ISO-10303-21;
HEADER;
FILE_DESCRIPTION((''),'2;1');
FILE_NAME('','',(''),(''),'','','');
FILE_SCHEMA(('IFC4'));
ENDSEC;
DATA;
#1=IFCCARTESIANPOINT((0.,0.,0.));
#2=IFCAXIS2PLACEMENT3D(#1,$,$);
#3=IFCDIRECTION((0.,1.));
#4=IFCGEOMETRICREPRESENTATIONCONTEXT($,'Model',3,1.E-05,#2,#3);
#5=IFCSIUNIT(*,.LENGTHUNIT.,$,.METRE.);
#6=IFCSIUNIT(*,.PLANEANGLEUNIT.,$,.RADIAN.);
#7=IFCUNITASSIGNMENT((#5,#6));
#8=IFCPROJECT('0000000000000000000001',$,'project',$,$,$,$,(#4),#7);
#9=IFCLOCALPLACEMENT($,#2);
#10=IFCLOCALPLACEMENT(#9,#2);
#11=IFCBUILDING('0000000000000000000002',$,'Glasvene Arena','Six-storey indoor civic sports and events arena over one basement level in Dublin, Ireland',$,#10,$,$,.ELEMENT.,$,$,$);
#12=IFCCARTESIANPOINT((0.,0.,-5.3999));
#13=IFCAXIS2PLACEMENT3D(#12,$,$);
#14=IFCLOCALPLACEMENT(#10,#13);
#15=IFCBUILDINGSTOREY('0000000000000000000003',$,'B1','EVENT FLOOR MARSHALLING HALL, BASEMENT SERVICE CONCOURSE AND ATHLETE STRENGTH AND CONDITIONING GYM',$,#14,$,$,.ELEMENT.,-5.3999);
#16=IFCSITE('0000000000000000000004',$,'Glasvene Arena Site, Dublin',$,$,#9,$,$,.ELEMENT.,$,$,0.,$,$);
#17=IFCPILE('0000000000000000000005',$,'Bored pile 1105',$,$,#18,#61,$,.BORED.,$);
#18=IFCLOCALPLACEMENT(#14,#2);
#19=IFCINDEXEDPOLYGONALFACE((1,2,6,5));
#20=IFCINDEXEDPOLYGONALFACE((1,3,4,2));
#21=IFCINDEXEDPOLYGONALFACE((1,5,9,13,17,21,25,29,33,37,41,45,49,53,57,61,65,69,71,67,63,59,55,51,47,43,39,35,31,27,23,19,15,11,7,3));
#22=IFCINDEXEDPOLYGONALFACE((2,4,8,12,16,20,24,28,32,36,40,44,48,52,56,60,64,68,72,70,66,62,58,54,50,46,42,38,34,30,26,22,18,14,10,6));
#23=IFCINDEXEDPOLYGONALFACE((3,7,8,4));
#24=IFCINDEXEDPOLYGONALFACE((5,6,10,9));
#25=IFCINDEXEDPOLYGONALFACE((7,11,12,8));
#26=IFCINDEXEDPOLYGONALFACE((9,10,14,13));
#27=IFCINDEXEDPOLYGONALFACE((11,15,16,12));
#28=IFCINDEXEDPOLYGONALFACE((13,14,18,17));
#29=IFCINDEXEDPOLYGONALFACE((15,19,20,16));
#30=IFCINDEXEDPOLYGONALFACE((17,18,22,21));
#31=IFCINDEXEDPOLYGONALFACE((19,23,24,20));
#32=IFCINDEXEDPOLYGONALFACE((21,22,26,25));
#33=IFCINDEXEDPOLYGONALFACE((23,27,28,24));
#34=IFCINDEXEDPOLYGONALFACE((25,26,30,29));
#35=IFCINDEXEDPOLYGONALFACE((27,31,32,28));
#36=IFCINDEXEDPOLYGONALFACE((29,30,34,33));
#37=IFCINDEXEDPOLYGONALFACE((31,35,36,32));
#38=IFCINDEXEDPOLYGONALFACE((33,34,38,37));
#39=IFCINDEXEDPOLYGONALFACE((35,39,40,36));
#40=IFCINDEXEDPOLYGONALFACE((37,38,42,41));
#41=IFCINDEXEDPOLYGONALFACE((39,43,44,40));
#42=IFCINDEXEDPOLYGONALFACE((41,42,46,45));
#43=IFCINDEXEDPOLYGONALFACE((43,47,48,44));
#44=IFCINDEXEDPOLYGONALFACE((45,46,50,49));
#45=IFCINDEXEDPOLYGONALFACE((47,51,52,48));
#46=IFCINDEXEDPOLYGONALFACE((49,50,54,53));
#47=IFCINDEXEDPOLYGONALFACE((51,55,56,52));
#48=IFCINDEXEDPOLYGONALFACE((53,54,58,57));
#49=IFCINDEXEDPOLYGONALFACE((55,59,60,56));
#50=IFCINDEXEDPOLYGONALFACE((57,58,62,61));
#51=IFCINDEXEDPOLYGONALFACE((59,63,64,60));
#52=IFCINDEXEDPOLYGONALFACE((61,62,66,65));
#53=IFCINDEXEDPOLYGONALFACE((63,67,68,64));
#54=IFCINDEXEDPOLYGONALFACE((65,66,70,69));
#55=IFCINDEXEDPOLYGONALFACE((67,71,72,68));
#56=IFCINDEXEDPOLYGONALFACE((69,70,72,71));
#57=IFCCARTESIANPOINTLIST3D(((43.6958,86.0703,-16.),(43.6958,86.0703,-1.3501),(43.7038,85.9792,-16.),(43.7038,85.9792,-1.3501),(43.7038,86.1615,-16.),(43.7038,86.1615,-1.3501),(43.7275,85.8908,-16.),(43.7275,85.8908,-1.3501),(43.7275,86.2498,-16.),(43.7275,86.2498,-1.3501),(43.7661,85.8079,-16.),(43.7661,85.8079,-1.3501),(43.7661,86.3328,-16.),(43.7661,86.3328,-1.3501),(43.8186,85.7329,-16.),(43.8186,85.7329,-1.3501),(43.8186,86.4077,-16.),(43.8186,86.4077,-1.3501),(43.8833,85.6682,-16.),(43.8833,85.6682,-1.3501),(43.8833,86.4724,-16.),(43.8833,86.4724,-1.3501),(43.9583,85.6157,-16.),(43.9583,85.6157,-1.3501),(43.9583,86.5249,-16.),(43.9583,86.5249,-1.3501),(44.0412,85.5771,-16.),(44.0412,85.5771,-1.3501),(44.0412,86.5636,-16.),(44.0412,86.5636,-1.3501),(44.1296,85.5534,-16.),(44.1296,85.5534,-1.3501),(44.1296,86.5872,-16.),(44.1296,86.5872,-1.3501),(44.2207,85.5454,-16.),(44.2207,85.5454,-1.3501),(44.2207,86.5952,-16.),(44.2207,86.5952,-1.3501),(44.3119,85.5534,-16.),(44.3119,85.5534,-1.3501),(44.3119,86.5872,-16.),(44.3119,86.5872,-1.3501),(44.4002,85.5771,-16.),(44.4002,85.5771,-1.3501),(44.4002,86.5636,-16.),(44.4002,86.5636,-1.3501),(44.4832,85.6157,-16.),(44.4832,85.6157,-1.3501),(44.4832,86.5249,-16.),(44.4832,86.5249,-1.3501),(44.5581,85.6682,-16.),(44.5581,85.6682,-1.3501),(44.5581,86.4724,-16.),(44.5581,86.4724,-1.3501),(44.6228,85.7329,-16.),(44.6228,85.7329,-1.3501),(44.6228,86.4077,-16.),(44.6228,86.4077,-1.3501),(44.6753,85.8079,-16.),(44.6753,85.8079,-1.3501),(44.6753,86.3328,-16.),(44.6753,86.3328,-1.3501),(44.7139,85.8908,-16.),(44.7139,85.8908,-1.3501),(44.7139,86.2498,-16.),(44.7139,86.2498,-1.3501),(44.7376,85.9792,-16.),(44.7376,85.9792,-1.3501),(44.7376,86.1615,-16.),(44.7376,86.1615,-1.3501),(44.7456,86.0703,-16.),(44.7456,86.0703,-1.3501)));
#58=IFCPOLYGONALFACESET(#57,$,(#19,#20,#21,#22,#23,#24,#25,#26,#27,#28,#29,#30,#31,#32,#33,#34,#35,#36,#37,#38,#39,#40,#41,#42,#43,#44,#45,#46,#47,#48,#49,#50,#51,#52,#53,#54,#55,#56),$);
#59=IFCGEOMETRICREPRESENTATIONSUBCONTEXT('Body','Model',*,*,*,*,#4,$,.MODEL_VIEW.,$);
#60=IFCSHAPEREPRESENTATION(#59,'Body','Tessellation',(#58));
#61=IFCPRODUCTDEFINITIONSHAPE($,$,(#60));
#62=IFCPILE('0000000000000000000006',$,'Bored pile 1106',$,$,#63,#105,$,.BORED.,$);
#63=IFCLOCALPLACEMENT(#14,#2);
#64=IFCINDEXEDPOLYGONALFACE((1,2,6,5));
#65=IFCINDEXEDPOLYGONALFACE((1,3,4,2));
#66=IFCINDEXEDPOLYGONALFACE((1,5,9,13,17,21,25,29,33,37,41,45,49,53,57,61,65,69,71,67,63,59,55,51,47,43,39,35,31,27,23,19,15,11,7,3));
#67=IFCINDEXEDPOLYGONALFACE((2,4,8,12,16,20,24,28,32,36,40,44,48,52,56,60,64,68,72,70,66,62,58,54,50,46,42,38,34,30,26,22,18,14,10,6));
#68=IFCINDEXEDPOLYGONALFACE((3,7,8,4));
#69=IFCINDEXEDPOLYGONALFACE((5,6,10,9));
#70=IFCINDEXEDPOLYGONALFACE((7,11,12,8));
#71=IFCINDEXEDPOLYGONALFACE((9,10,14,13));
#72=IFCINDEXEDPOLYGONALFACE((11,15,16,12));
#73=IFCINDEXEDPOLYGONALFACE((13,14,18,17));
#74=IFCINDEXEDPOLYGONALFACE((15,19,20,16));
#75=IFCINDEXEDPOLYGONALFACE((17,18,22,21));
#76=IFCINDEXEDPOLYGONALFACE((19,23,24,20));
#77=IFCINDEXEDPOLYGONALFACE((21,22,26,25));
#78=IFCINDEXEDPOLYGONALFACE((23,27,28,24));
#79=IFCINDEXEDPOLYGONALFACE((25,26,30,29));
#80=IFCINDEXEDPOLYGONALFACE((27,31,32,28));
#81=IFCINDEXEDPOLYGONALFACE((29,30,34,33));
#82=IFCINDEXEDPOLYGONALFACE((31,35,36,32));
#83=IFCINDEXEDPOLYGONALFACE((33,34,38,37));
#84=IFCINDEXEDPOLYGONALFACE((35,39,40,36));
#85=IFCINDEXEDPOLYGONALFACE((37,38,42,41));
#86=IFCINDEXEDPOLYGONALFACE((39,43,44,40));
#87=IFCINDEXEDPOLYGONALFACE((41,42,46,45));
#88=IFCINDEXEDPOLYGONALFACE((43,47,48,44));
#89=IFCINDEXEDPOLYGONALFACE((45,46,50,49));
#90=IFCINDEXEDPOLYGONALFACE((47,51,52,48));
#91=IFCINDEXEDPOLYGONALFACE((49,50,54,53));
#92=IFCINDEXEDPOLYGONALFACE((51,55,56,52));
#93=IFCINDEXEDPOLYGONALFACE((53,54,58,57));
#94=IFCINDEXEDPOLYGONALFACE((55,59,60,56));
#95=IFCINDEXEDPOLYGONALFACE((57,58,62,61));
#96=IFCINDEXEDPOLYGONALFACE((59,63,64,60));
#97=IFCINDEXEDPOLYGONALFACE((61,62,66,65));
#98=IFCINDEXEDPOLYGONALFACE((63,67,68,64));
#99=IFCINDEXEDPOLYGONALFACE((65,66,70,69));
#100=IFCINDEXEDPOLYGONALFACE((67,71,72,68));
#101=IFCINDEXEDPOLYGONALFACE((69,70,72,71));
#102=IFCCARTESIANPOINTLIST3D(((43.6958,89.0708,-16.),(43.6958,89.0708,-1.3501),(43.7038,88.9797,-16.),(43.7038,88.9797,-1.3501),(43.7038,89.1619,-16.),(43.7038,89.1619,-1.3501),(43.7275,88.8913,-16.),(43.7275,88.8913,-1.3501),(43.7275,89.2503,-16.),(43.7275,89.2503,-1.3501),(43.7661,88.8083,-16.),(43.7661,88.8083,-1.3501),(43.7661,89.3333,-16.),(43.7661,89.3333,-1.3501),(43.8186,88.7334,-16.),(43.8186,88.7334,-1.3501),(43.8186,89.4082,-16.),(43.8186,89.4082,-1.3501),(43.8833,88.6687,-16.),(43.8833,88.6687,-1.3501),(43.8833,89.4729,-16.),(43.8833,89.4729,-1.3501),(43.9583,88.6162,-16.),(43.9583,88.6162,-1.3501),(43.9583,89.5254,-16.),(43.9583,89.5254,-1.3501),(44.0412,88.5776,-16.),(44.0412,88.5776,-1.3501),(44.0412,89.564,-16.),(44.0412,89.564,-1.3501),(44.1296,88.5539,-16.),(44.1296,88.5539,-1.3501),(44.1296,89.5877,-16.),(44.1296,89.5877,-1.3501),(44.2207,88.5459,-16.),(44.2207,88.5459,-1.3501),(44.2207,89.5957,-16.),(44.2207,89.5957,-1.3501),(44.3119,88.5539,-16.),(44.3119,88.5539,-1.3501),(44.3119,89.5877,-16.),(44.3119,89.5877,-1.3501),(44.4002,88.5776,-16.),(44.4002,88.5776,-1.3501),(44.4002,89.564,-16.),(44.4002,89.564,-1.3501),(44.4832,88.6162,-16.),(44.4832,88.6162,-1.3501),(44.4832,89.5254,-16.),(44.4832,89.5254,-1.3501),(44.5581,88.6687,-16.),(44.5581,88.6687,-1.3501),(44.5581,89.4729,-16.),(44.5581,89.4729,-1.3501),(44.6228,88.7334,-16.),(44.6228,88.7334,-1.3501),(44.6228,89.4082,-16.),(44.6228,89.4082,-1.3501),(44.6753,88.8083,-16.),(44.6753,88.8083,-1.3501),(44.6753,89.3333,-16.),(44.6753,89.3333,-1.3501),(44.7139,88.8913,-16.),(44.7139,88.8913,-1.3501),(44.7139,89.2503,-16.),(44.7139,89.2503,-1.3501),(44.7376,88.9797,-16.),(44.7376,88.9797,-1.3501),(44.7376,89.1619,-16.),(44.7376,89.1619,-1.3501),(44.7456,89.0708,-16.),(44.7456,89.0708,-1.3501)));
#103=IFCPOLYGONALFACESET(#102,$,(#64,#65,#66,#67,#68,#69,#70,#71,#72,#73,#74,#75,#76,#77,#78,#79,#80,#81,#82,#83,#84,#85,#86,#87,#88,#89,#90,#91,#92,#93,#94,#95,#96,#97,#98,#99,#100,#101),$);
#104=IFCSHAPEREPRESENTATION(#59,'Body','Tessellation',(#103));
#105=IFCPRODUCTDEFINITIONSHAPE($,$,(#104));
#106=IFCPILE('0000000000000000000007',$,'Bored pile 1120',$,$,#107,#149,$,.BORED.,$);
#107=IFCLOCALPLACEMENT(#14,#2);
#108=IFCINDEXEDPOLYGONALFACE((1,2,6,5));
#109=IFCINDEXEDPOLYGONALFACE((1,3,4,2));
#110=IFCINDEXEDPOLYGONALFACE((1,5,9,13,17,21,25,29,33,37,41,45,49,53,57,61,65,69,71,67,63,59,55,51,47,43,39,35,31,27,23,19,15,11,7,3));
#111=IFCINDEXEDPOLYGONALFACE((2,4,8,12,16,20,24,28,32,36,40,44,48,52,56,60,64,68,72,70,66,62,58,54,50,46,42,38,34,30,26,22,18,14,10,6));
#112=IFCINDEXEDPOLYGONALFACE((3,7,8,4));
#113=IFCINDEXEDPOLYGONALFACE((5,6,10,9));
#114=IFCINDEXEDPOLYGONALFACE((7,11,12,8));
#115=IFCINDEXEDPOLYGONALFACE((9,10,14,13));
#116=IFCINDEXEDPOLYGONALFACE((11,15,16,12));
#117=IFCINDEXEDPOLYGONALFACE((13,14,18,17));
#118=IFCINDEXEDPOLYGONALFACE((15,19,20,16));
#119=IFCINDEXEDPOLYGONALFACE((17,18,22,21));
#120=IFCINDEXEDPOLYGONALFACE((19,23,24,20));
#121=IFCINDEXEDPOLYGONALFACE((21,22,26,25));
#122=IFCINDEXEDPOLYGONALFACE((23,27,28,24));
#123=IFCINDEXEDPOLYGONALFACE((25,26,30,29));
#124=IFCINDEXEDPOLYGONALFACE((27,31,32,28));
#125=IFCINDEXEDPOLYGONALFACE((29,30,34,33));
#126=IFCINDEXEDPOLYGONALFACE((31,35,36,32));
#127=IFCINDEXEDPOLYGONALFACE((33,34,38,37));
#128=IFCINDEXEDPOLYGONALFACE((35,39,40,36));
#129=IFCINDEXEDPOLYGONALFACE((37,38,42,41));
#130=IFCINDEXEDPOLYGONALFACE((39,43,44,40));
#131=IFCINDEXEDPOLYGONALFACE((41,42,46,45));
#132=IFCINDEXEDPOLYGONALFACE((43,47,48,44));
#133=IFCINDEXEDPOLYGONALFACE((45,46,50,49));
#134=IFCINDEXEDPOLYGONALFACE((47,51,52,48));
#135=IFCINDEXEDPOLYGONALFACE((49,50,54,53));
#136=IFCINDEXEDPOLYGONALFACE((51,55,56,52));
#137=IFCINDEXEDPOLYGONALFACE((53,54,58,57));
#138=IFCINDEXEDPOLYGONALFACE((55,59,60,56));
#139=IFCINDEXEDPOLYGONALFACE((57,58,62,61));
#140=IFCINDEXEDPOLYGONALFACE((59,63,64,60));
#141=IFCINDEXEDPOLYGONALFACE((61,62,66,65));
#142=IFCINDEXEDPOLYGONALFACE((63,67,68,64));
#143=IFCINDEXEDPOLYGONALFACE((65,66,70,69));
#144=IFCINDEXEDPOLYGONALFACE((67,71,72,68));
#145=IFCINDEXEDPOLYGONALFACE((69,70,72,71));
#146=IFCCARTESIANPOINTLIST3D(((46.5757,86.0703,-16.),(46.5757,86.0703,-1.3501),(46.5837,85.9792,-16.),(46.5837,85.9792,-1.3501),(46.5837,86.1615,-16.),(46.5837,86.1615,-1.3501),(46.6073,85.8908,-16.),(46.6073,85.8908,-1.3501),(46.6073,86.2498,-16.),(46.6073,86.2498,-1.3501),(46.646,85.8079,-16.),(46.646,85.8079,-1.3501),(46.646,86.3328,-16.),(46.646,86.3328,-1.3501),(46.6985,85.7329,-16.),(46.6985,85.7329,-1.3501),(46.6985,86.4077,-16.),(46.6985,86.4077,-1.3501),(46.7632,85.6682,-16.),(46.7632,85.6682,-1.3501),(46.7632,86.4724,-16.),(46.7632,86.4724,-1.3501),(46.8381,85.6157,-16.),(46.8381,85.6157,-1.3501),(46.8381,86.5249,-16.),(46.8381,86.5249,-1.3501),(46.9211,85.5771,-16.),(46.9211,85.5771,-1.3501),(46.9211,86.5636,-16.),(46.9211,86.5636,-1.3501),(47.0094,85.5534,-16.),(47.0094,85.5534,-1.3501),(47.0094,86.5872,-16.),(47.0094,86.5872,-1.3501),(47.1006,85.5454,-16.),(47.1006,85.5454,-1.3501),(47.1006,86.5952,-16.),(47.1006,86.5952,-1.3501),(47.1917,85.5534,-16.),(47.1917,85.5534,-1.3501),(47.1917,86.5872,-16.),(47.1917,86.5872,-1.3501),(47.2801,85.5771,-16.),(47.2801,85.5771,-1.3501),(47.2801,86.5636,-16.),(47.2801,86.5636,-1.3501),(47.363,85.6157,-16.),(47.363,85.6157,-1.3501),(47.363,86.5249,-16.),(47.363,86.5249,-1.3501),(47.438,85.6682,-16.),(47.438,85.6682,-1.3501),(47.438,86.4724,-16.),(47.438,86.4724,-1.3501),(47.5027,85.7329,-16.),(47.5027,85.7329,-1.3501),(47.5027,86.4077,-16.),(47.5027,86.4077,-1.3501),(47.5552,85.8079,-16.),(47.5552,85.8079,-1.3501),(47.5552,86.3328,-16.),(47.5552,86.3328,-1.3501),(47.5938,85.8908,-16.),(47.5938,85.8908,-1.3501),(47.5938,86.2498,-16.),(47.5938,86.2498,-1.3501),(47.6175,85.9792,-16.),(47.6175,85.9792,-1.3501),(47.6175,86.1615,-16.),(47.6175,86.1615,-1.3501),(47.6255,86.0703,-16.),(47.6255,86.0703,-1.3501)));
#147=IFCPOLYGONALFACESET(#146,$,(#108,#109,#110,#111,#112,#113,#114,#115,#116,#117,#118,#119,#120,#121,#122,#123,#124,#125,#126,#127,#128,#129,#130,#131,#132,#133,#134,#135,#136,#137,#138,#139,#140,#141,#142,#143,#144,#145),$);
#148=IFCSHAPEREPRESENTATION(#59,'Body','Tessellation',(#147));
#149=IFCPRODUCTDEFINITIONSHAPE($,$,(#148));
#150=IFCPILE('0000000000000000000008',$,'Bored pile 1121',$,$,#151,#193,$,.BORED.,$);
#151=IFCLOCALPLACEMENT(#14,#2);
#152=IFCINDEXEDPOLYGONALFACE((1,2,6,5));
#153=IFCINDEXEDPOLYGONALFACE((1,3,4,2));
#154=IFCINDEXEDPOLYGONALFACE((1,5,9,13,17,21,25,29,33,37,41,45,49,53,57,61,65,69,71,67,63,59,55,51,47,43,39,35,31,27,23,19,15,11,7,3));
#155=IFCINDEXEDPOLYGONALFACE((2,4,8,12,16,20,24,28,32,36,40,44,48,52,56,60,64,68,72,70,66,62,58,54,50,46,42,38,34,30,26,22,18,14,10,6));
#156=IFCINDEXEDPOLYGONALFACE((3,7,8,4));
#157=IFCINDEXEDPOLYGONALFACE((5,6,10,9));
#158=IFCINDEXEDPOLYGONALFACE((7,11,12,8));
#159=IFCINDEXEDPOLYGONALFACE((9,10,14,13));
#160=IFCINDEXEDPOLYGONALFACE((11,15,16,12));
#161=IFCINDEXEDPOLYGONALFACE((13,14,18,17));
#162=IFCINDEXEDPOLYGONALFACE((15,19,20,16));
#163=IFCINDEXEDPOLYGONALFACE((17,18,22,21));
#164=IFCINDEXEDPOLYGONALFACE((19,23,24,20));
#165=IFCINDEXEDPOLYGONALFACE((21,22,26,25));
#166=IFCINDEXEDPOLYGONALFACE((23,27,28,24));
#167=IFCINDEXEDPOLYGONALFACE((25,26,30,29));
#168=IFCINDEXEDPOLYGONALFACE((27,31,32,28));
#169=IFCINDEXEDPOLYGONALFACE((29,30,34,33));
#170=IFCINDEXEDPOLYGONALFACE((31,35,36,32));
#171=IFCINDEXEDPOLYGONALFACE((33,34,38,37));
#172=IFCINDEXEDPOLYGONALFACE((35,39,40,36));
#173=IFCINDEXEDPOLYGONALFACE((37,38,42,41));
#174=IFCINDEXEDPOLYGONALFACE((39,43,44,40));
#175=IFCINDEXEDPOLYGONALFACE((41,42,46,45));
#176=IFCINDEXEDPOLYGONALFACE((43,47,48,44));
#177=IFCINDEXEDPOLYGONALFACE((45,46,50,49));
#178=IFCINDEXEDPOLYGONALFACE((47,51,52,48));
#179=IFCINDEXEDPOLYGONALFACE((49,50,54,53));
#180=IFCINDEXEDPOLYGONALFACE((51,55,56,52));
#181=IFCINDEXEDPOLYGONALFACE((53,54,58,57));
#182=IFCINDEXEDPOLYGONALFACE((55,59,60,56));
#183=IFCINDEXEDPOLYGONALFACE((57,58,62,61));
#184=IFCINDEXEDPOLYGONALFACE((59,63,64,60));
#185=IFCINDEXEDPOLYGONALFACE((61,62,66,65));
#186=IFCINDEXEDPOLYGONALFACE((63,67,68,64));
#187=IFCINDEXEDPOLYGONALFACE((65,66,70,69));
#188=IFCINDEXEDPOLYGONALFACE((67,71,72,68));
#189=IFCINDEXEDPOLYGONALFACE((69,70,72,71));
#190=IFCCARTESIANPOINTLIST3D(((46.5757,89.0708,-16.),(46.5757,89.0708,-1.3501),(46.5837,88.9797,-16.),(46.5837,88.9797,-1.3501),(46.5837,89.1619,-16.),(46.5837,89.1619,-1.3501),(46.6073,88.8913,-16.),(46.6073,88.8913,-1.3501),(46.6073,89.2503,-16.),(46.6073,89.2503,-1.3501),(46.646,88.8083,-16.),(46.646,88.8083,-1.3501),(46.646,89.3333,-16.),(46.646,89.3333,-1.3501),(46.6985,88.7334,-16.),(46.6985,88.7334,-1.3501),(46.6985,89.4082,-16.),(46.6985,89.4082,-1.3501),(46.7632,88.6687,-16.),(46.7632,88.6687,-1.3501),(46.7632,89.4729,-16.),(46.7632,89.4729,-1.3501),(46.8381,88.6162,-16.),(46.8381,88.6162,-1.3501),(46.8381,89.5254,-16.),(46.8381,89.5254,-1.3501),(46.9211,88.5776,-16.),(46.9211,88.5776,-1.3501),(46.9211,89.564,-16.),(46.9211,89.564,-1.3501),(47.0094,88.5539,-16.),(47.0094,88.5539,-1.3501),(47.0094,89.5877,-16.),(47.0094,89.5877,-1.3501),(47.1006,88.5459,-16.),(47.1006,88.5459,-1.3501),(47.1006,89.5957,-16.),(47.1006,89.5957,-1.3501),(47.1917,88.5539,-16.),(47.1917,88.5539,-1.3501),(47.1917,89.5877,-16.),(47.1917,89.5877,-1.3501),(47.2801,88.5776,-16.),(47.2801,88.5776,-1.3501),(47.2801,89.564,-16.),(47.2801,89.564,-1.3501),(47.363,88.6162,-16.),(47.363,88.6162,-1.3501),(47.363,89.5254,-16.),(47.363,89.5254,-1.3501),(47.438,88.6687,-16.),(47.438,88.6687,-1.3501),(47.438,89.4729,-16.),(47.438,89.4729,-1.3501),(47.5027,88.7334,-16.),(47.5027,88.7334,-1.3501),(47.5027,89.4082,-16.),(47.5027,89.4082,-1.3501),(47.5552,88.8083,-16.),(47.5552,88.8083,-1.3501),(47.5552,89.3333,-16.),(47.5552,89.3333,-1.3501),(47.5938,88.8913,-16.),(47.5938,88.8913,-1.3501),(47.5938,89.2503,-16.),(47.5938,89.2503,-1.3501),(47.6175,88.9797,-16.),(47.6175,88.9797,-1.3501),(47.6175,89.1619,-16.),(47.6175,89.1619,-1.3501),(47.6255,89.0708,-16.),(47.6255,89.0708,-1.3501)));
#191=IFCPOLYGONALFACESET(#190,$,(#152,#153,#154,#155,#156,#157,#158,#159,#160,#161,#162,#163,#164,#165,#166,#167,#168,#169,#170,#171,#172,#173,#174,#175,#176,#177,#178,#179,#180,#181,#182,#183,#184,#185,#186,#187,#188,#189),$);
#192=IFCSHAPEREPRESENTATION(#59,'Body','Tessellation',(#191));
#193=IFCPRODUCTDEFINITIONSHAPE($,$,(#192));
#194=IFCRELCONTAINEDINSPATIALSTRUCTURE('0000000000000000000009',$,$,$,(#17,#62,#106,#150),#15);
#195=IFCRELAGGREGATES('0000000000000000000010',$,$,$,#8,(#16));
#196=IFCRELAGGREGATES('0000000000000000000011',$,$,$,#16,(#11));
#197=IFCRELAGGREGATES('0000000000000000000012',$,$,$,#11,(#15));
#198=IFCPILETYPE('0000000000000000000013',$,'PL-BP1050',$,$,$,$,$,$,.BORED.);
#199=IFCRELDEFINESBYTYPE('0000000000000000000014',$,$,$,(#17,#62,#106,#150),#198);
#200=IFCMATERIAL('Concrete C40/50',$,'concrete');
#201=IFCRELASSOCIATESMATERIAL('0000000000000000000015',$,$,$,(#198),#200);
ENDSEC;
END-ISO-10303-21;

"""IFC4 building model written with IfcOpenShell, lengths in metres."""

from ifc_helpers import new_model, si_unit, direction, frame, origin, origin_2d, place, context, subcontext, project, spatial, circle, extrude, material, material_profile, profile_set, type_object, element, save


model = new_model("IFC4")

# Units and contexts
model_context = context("Model", 3, precision=1e-05, world=origin(), true_north=direction((0.0, 1.0)))
body_context = subcontext(model_context, "Body", "Model", "MODEL_VIEW")
ifc_project = project(units=[si_unit("LENGTHUNIT", "METRE"), si_unit("PLANEANGLEUNIT", "RADIAN")], contexts=[model_context])

# Site, building, storey
site_placement = place(None, origin())
site = spatial("IfcSite", under=ifc_project, at=site_placement, Name="Glasvene Arena Site, Dublin", CompositionType="ELEMENT", RefElevation=0.0)
building_placement = place(site_placement, origin())
building = spatial("IfcBuilding", under=site, at=building_placement, Name="Glasvene Arena", Description="Six-storey indoor civic sports and events arena over one basement level in Dublin, Ireland", CompositionType="ELEMENT")
storey_placement = place(building_placement, frame((0.0, 0.0, -5.3999)))
storey = spatial("IfcBuildingStorey", under=building, at=storey_placement, Name="B1", Description="EVENT FLOOR MARSHALLING HALL, BASEMENT SERVICE CONCOURSE AND ATHLETE STRENGTH AND CONDITIONING GYM", CompositionType="ELEMENT", Elevation=-5.3999)

# Piles
ifc_material_1 = material(Name="Concrete C40/50", Category="concrete")
ifc_material_profile_1 = material_profile(ifc_material_1, circle(Radius=0.5249, at=origin_2d()), Name="BORED PILE 1050")
ifc_profile_set_1 = profile_set([ifc_material_profile_1], Name="Concrete C40/50")
pile_type = type_object("IfcPileType", Name="PL-BP1050", PredefinedType="BORED", material=ifc_profile_set_1)
for number, where, z_axis, x_axis, name in (
    (1, (44.2207, 86.0703, -1.3501), (0.0, 0.0, -1.0), (1.0, 0.0, 0.0), "Bored pile 1105"),
    (2, (44.2207, 89.0708, -1.3501), (0.0, 0.0, -1.0), (1.0, 0.0, 0.0), "Bored pile 1106"),
    (3, (47.1006, 86.0703, -1.3501), (0.0, 0.0, -1.0), (1.0, 0.0, 0.0), "Bored pile 1120"),
    (4, (47.1006, 89.0708, -1.3501), (0.0, 0.0, -1.0), (1.0, 0.0, 0.0), "Bored pile 1121"),
):
    element("IfcPile", number, at=place(storey_placement, frame(where, z_axis=z_axis, x_axis=x_axis)), inside=storey, type_object=pile_type, Name=name, PredefinedType="BORED", context=body_context, shape_type="SweptSolid", body=[
        extrude(circle(Radius=0.5249, at=origin_2d()), origin(), (0.0, 0.0, 1.0), 14.6499),
    ])

save(model, "model.ifc")
